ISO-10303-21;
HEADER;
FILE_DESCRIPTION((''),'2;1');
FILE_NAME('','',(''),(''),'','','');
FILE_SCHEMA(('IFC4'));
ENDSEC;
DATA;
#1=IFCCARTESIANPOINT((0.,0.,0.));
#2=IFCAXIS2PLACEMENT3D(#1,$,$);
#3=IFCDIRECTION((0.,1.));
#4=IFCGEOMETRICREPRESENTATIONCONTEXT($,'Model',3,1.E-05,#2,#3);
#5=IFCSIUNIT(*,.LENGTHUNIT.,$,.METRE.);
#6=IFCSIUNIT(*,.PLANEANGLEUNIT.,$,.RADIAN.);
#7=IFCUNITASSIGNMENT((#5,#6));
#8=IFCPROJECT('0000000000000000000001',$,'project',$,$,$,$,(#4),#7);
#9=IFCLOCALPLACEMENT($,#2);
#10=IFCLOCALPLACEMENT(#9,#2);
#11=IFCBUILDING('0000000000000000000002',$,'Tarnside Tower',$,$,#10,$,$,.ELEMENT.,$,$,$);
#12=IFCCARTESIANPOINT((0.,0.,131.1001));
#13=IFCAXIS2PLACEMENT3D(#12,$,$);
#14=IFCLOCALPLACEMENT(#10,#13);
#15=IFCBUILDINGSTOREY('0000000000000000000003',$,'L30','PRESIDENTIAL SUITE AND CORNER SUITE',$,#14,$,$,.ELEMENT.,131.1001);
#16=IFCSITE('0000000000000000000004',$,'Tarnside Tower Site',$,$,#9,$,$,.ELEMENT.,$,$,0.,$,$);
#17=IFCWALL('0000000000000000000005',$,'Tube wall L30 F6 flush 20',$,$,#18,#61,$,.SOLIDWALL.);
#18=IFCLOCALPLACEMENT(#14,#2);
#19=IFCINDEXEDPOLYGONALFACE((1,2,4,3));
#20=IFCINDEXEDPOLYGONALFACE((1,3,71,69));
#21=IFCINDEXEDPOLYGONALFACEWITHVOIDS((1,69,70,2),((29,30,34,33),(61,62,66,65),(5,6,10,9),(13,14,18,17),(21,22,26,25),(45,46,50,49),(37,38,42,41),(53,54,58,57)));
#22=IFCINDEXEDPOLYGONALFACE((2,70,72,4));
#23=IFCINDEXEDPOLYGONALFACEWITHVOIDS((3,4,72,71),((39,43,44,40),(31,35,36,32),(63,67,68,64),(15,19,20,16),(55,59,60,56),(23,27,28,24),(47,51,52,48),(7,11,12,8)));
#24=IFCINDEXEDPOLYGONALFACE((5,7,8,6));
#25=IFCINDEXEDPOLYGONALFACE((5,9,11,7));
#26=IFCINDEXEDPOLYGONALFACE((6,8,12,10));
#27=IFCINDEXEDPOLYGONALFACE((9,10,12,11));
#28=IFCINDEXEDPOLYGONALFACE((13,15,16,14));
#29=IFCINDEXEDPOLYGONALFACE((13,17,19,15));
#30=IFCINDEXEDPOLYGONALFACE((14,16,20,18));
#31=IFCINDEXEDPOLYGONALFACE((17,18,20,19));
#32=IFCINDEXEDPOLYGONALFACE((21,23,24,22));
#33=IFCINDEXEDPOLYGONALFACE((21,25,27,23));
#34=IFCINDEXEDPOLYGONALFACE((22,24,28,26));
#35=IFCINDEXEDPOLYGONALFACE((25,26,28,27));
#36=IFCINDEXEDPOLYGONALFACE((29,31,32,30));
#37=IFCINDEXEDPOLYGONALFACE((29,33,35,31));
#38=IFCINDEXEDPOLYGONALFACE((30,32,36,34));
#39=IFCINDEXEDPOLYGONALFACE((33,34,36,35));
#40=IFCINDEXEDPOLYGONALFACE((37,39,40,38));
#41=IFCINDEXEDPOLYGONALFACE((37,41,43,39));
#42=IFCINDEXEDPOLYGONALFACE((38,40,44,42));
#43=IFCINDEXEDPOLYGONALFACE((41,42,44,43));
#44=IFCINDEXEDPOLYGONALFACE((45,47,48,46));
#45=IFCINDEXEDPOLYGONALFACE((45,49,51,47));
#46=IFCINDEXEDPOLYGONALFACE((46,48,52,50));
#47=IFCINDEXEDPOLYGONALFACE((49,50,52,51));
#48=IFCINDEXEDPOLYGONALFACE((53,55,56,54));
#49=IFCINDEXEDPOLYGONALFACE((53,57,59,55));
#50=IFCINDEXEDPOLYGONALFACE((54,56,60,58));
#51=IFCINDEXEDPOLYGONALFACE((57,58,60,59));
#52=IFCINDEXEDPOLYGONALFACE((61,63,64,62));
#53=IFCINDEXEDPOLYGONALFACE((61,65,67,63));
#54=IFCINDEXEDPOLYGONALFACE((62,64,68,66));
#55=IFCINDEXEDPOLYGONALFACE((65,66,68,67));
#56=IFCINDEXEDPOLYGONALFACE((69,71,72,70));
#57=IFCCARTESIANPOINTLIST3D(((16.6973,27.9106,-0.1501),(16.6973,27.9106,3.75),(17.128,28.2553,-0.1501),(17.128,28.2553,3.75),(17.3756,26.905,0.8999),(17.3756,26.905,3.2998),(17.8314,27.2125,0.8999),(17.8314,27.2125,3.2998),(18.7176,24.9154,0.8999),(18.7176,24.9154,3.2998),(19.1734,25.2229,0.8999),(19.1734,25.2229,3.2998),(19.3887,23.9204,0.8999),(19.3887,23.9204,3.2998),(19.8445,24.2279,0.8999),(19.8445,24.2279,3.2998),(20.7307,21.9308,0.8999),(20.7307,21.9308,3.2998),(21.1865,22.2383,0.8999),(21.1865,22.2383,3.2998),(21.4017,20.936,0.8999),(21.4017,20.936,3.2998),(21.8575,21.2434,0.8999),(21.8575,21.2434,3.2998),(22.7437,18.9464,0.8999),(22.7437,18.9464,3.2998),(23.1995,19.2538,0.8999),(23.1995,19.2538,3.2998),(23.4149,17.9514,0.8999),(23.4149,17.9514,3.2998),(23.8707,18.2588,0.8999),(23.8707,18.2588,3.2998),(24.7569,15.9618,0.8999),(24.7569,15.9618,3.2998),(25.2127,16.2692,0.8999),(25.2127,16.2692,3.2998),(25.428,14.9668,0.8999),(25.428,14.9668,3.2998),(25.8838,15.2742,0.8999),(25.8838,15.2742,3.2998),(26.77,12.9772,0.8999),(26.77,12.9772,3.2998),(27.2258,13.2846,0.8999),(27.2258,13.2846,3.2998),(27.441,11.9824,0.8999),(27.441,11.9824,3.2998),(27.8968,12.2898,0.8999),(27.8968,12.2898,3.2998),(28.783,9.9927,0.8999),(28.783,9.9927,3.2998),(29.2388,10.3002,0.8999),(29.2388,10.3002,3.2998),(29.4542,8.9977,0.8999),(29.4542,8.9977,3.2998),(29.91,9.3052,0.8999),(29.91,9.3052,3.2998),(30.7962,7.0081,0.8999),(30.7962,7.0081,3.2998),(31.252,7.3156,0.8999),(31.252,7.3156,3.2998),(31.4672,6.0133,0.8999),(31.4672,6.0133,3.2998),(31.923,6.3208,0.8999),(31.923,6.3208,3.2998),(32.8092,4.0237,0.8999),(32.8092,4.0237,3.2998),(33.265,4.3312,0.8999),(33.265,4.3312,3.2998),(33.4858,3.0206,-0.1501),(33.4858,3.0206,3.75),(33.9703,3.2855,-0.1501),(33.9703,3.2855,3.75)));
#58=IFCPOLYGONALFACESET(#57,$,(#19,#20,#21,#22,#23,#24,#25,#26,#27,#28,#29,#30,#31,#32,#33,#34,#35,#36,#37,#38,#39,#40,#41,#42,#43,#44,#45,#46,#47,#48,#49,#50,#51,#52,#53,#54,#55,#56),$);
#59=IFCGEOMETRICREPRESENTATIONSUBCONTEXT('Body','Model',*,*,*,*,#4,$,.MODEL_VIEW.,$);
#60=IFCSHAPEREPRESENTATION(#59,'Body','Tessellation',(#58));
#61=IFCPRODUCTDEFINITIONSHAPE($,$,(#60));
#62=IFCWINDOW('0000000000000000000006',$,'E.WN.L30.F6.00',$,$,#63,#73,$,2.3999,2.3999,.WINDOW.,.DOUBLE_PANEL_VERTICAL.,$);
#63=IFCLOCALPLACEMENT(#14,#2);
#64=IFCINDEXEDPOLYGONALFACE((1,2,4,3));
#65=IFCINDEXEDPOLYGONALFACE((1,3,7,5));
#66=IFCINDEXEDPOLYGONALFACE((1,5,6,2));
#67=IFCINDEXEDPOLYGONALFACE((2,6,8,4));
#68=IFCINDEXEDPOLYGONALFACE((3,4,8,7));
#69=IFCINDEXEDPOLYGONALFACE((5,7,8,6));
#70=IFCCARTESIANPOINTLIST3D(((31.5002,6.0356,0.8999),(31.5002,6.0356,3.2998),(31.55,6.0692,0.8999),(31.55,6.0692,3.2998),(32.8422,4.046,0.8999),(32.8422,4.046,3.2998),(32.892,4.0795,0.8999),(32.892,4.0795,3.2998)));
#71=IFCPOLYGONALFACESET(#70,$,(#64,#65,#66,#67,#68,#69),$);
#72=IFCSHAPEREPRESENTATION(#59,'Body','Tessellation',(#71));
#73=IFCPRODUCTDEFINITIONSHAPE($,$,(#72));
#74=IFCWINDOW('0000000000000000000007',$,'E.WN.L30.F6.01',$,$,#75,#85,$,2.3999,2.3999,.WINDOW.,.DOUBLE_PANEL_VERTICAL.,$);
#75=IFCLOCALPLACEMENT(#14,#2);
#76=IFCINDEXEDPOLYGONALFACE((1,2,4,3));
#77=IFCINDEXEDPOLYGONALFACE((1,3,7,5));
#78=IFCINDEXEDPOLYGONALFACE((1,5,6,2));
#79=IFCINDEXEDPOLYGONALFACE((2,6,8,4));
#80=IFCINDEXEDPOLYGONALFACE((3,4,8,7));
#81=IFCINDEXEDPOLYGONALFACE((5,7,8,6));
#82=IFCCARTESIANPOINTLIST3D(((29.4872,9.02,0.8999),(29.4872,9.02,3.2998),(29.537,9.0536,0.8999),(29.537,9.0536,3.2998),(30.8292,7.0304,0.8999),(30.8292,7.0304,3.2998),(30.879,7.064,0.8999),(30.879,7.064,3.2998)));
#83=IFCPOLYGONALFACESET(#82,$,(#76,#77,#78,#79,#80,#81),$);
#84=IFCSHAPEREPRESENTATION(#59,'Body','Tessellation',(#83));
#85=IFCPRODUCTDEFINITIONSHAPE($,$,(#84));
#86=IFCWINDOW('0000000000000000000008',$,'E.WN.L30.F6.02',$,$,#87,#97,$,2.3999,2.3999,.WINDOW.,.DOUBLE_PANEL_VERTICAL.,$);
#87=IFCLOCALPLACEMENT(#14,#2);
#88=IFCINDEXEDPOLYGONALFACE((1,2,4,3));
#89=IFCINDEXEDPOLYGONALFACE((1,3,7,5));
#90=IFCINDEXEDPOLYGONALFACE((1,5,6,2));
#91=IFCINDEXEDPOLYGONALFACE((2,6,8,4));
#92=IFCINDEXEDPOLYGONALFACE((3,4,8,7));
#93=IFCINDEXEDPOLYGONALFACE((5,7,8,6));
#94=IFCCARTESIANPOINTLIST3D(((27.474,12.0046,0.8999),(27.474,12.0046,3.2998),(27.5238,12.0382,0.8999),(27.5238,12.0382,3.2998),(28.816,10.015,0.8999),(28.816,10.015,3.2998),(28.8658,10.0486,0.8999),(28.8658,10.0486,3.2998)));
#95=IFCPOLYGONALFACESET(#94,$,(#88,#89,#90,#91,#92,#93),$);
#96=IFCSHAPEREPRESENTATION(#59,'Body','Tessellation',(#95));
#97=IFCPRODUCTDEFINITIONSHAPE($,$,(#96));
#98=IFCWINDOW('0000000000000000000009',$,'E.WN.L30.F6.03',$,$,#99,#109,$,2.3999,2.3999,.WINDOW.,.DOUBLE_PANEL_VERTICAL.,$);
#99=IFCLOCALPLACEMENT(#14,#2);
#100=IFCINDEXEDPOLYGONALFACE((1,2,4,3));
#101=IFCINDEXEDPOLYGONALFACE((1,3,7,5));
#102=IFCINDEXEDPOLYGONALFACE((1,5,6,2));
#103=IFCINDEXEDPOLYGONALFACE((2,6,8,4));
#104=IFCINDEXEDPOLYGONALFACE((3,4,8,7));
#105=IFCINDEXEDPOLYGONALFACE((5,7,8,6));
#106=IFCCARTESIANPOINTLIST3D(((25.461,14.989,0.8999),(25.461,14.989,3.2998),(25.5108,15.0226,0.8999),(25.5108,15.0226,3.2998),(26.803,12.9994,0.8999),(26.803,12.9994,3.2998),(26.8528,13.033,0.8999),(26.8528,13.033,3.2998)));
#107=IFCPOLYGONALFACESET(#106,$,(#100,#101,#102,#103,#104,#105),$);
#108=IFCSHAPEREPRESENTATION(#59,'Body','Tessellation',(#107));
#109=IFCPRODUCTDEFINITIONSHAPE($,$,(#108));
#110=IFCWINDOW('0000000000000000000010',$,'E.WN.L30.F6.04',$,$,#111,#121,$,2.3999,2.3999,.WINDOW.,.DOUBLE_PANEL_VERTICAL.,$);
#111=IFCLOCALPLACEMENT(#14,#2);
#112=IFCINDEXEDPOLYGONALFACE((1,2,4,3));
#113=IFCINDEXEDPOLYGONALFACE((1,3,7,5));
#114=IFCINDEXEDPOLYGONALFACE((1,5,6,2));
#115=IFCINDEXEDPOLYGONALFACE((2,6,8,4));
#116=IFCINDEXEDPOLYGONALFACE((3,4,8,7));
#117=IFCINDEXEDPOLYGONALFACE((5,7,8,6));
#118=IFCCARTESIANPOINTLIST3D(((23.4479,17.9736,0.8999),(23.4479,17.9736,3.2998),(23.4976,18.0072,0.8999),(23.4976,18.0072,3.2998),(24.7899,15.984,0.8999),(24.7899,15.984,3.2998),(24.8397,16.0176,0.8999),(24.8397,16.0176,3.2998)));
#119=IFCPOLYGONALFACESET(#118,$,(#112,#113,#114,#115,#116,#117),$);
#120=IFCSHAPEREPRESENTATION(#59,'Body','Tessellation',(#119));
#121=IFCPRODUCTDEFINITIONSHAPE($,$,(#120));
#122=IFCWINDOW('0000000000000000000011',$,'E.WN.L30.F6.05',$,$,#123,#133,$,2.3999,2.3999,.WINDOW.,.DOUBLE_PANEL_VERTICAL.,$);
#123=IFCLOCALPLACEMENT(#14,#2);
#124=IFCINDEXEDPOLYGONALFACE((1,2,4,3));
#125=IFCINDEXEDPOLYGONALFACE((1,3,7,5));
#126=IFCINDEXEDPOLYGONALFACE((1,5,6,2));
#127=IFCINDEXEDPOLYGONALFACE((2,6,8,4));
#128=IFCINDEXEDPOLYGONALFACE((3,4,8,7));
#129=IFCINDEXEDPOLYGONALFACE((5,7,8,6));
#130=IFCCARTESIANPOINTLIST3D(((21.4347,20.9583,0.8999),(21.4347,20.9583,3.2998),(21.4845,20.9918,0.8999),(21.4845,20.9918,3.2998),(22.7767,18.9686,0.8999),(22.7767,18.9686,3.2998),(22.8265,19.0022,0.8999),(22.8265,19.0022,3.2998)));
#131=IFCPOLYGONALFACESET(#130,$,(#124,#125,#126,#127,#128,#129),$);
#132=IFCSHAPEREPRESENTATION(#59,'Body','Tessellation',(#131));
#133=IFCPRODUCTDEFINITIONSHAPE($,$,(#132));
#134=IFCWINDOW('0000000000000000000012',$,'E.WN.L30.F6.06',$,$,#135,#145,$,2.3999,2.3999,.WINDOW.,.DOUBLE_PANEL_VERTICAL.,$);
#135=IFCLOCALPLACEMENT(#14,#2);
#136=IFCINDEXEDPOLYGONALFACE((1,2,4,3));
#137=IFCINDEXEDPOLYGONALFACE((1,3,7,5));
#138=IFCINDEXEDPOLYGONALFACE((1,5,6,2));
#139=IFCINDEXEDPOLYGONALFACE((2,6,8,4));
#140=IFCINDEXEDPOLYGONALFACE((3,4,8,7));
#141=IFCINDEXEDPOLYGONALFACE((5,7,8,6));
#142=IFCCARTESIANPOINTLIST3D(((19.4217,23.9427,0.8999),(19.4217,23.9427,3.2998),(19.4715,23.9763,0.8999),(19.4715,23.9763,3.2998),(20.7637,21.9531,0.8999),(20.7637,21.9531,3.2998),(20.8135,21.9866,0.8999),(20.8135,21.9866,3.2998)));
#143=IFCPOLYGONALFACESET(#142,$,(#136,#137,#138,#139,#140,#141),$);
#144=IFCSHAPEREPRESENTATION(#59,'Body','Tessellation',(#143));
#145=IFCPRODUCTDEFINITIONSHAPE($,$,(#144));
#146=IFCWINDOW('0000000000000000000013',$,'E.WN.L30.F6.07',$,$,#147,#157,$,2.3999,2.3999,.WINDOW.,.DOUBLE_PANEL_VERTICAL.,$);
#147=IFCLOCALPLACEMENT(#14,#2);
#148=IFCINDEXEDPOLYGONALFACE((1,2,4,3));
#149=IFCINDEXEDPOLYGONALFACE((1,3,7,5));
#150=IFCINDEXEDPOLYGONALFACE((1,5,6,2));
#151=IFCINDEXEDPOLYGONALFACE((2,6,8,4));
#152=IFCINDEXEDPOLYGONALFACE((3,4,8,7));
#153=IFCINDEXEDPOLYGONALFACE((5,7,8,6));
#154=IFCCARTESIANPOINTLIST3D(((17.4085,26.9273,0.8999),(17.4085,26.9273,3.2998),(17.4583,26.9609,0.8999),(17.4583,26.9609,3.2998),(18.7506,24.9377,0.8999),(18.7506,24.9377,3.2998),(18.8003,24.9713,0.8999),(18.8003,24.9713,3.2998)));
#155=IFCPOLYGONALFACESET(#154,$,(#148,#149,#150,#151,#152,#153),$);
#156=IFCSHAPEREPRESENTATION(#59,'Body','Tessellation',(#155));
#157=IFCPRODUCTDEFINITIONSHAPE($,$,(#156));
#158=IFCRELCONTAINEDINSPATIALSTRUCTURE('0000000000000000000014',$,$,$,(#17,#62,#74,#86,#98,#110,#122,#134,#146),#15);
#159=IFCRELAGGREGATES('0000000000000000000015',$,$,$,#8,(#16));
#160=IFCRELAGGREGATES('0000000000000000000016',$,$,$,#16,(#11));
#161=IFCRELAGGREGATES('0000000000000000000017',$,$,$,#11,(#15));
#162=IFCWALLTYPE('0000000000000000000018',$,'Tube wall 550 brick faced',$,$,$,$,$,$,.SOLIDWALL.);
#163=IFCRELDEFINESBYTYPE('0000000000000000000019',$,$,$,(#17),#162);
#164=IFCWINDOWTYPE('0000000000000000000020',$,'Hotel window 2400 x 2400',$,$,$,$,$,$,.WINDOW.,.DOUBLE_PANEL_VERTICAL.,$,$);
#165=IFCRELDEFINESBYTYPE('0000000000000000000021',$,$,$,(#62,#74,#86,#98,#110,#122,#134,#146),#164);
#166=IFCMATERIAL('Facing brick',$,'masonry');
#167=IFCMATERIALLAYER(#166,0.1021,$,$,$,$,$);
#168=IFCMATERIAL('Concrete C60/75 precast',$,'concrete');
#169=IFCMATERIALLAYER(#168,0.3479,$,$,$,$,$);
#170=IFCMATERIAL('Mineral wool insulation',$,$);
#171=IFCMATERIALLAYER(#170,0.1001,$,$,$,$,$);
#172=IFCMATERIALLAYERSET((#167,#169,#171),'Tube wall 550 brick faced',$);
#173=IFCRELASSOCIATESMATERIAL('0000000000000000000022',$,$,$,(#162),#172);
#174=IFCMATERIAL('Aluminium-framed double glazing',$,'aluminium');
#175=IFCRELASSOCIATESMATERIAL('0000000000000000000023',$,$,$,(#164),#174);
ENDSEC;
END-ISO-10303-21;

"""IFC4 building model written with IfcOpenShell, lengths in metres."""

from ifc_helpers import new_model, si_unit, direction, frame, frame_2d, origin, place, context, subcontext, project, spatial, polyline, rectangle, outline, extrude, material, layer, layer_set, type_object, element, fill, save


model = new_model("IFC4")

# Units and contexts
model_context = context("Model", 3, precision=1e-05, world=origin(), true_north=direction((0.0, 1.0)))
body_context = subcontext(model_context, "Body", "Model", "MODEL_VIEW")
ifc_project = project(units=[si_unit("LENGTHUNIT", "METRE"), si_unit("PLANEANGLEUNIT", "RADIAN")], contexts=[model_context])

# Site, building, storey
site_placement = place(None, origin())
site = spatial("IfcSite", under=ifc_project, at=site_placement, Name="Tarnside Tower Site", CompositionType="ELEMENT", RefElevation=0.0)
building_placement = place(site_placement, origin())
building = spatial("IfcBuilding", under=site, at=building_placement, Name="Tarnside Tower", CompositionType="ELEMENT")
storey_placement = place(building_placement, frame((0.0, 0.0, 131.1001)))
storey = spatial("IfcBuildingStorey", under=building, at=storey_placement, Name="L30", Description="PRESIDENTIAL SUITE AND CORNER SUITE", CompositionType="ELEMENT", Elevation=131.1001)

# Shared definitions
ifc_material_1 = material(Name="Facing brick", Category="masonry")
ifc_layer_1 = layer(ifc_material_1, 0.1021)
ifc_material_2 = material(Name="Concrete C60/75 precast", Category="concrete")
ifc_layer_2 = layer(ifc_material_2, 0.3479)
ifc_material_3 = material(Name="Mineral wool insulation")
ifc_layer_3 = layer(ifc_material_3, 0.1001)
ifc_layer_set_1 = layer_set([ifc_layer_1, ifc_layer_2, ifc_layer_3], Name="Tube wall 550 brick faced")
wall_type_1 = type_object("IfcWallType", Name="Tube wall 550 brick faced", PredefinedType="SOLIDWALL", material=ifc_layer_set_1)

# Wall, openings, windows
wall_1_placement = place(storey_placement, frame((33.728, 3.1531, -0.1501), z_axis=(0.0, 0.0, 1.0), x_axis=(-0.559192, 0.829038, 0.0)))
wall_1 = element("IfcWall", 1, at=wall_1_placement, inside=storey, type_object=wall_type_1, Name="Tube wall L30 F6 flush 20", PredefinedType="SOLIDWALL", context=body_context, shape_type="SweptSolid", body=[
    extrude(outline(polyline([(-0.0256, -0.2749), (30.0933, -0.2749), (30.0483, 0.2749), (0.0256, 0.2749), (-0.0256, -0.2749)])), origin(), (0.0, 0.0, 1.0), 3.9001),
])
opening_1_placement = place(wall_1_placement, frame((1.2356, 0.0, 1.05)))
opening_1 = element("IfcOpeningElement", 2, at=opening_1_placement, cuts=wall_1, PredefinedType="OPENING", context=body_context, shape_type="SweptSolid", body=[
    extrude(rectangle(XDim=2.3999, YDim=2.3999, at=frame_2d((1.2, 1.2))), frame((0.0, 0.2852, 0.0), z_axis=(0.0, -1.0, 0.0), x_axis=(1.0, 0.0, 0.0)), (0.0, 0.0, 1.0), 0.5701),
])
opening_2_placement = place(wall_1_placement, frame((4.8354, 0.0, 1.05)))
opening_2 = element("IfcOpeningElement", 3, at=opening_2_placement, cuts=wall_1, PredefinedType="OPENING", context=body_context, shape_type="SweptSolid", body=[
    extrude(rectangle(XDim=2.3999, YDim=2.3999, at=frame_2d((1.2, 1.2))), frame((0.0, 0.2852, 0.0), z_axis=(0.0, -1.0, 0.0), x_axis=(1.0, 0.0, 0.0)), (0.0, 0.0, 1.0), 0.5701),
])
opening_3_placement = place(wall_1_placement, frame((8.4355, 0.0, 1.05)))
opening_3 = element("IfcOpeningElement", 4, at=opening_3_placement, cuts=wall_1, PredefinedType="OPENING", context=body_context, shape_type="SweptSolid", body=[
    extrude(rectangle(XDim=2.3999, YDim=2.3999, at=frame_2d((1.2, 1.2))), frame((0.0, 0.2852, 0.0), z_axis=(0.0, -1.0, 0.0), x_axis=(1.0, 0.0, 0.0)), (0.0, 0.0, 1.0), 0.5701),
])
opening_4_placement = place(wall_1_placement, frame((12.0354, 0.0, 1.05)))
opening_4 = element("IfcOpeningElement", 5, at=opening_4_placement, cuts=wall_1, PredefinedType="OPENING", context=body_context, shape_type="SweptSolid", body=[
    extrude(rectangle(XDim=2.3999, YDim=2.3999, at=frame_2d((1.2, 1.2))), frame((0.0, 0.2852, 0.0), z_axis=(0.0, -1.0, 0.0), x_axis=(1.0, 0.0, 0.0)), (0.0, 0.0, 1.0), 0.5701),
])
opening_5_placement = place(wall_1_placement, frame((15.6355, 0.0, 1.05)))
opening_5 = element("IfcOpeningElement", 6, at=opening_5_placement, cuts=wall_1, PredefinedType="OPENING", context=body_context, shape_type="SweptSolid", body=[
    extrude(rectangle(XDim=2.3999, YDim=2.3999, at=frame_2d((1.2, 1.2))), frame((0.0, 0.2852, 0.0), z_axis=(0.0, -1.0, 0.0), x_axis=(1.0, 0.0, 0.0)), (0.0, 0.0, 1.0), 0.5701),
])
opening_6_placement = place(wall_1_placement, frame((19.2356, 0.0, 1.05)))
opening_6 = element("IfcOpeningElement", 7, at=opening_6_placement, cuts=wall_1, PredefinedType="OPENING", context=body_context, shape_type="SweptSolid", body=[
    extrude(rectangle(XDim=2.3999, YDim=2.3999, at=frame_2d((1.2, 1.2))), frame((0.0, 0.2852, 0.0), z_axis=(0.0, -1.0, 0.0), x_axis=(1.0, 0.0, 0.0)), (0.0, 0.0, 1.0), 0.5701),
])
opening_7_placement = place(wall_1_placement, frame((22.8354, 0.0, 1.05)))
opening_7 = element("IfcOpeningElement", 8, at=opening_7_placement, cuts=wall_1, PredefinedType="OPENING", context=body_context, shape_type="SweptSolid", body=[
    extrude(rectangle(XDim=2.3999, YDim=2.3999, at=frame_2d((1.2, 1.2))), frame((0.0, 0.2852, 0.0), z_axis=(0.0, -1.0, 0.0), x_axis=(1.0, 0.0, 0.0)), (0.0, 0.0, 1.0), 0.5701),
])
opening_8_placement = place(wall_1_placement, frame((26.4355, 0.0, 1.05)))
opening_8 = element("IfcOpeningElement", 9, at=opening_8_placement, cuts=wall_1, PredefinedType="OPENING", context=body_context, shape_type="SweptSolid", body=[
    extrude(rectangle(XDim=2.3999, YDim=2.3999, at=frame_2d((1.2, 1.2))), frame((0.0, 0.2852, 0.0), z_axis=(0.0, -1.0, 0.0), x_axis=(1.0, 0.0, 0.0)), (0.0, 0.0, 1.0), 0.5701),
])
ifc_material_4 = material(Name="Aluminium-framed double glazing", Category="aluminium")
window_type = type_object("IfcWindowType", Name="Hotel window 2400 x 2400", PartitioningType="DOUBLE_PANEL_VERTICAL", PredefinedType="WINDOW", material=ifc_material_4)
window_1_placement = place(opening_1_placement, frame((0.0, 0.2051, 0.0)))
window_1 = element("IfcWindow", 10, at=window_1_placement, inside=storey, type_object=window_type, Name="E.WN.L30.F6.00", OverallHeight=2.3999, OverallWidth=2.3999, PartitioningType="DOUBLE_PANEL_VERTICAL", PredefinedType="WINDOW", context=body_context, shape_type="SweptSolid", body=[
    extrude(rectangle(XDim=2.3999, YDim=2.3999, at=frame_2d((1.2, 1.2))), frame((0.0, 0.03, 0.0), z_axis=(0.0, -1.0, 0.0), x_axis=(1.0, 0.0, 0.0)), (0.0, 0.0, 1.0), 0.0601),
])
fill(opening_1, window_1)
window_2_placement = place(opening_2_placement, frame((0.0, 0.2051, 0.0)))
window_2 = element("IfcWindow", 11, at=window_2_placement, inside=storey, type_object=window_type, Name="E.WN.L30.F6.01", OverallHeight=2.3999, OverallWidth=2.3999, PartitioningType="DOUBLE_PANEL_VERTICAL", PredefinedType="WINDOW", context=body_context, shape_type="SweptSolid", body=[
    extrude(rectangle(XDim=2.3999, YDim=2.3999, at=frame_2d((1.2, 1.2))), frame((0.0, 0.03, 0.0), z_axis=(0.0, -1.0, 0.0), x_axis=(1.0, 0.0, 0.0)), (0.0, 0.0, 1.0), 0.0601),
])
fill(opening_2, window_2)
window_3_placement = place(opening_3_placement, frame((0.0, 0.2051, 0.0)))
window_3 = element("IfcWindow", 12, at=window_3_placement, inside=storey, type_object=window_type, Name="E.WN.L30.F6.02", OverallHeight=2.3999, OverallWidth=2.3999, PartitioningType="DOUBLE_PANEL_VERTICAL", PredefinedType="WINDOW", context=body_context, shape_type="SweptSolid", body=[
    extrude(rectangle(XDim=2.3999, YDim=2.3999, at=frame_2d((1.2, 1.2))), frame((0.0, 0.03, 0.0), z_axis=(0.0, -1.0, 0.0), x_axis=(1.0, 0.0, 0.0)), (0.0, 0.0, 1.0), 0.0601),
])
fill(opening_3, window_3)
window_4_placement = place(opening_4_placement, frame((0.0, 0.2051, 0.0)))
window_4 = element("IfcWindow", 13, at=window_4_placement, inside=storey, type_object=window_type, Name="E.WN.L30.F6.03", OverallHeight=2.3999, OverallWidth=2.3999, PartitioningType="DOUBLE_PANEL_VERTICAL", PredefinedType="WINDOW", context=body_context, shape_type="SweptSolid", body=[
    extrude(rectangle(XDim=2.3999, YDim=2.3999, at=frame_2d((1.2, 1.2))), frame((0.0, 0.03, 0.0), z_axis=(0.0, -1.0, 0.0), x_axis=(1.0, 0.0, 0.0)), (0.0, 0.0, 1.0), 0.0601),
])
fill(opening_4, window_4)
window_5_placement = place(opening_5_placement, frame((0.0, 0.2051, 0.0)))
window_5 = element("IfcWindow", 14, at=window_5_placement, inside=storey, type_object=window_type, Name="E.WN.L30.F6.04", OverallHeight=2.3999, OverallWidth=2.3999, PartitioningType="DOUBLE_PANEL_VERTICAL", PredefinedType="WINDOW", context=body_context, shape_type="SweptSolid", body=[
    extrude(rectangle(XDim=2.3999, YDim=2.3999, at=frame_2d((1.2, 1.2))), frame((0.0, 0.03, 0.0), z_axis=(0.0, -1.0, 0.0), x_axis=(1.0, 0.0, 0.0)), (0.0, 0.0, 1.0), 0.0601),
])
fill(opening_5, window_5)
window_6_placement = place(opening_6_placement, frame((0.0, 0.2051, 0.0)))
window_6 = element("IfcWindow", 15, at=window_6_placement, inside=storey, type_object=window_type, Name="E.WN.L30.F6.05", OverallHeight=2.3999, OverallWidth=2.3999, PartitioningType="DOUBLE_PANEL_VERTICAL", PredefinedType="WINDOW", context=body_context, shape_type="SweptSolid", body=[
    extrude(rectangle(XDim=2.3999, YDim=2.3999, at=frame_2d((1.2, 1.2))), frame((0.0, 0.03, 0.0), z_axis=(0.0, -1.0, 0.0), x_axis=(1.0, 0.0, 0.0)), (0.0, 0.0, 1.0), 0.0601),
])
fill(opening_6, window_6)
window_7_placement = place(opening_7_placement, frame((0.0, 0.2051, 0.0)))
window_7 = element("IfcWindow", 16, at=window_7_placement, inside=storey, type_object=window_type, Name="E.WN.L30.F6.06", OverallHeight=2.3999, OverallWidth=2.3999, PartitioningType="DOUBLE_PANEL_VERTICAL", PredefinedType="WINDOW", context=body_context, shape_type="SweptSolid", body=[
    extrude(rectangle(XDim=2.3999, YDim=2.3999, at=frame_2d((1.2, 1.2))), frame((0.0, 0.03, 0.0), z_axis=(0.0, -1.0, 0.0), x_axis=(1.0, 0.0, 0.0)), (0.0, 0.0, 1.0), 0.0601),
])
fill(opening_7, window_7)
window_8_placement = place(opening_8_placement, frame((0.0, 0.2051, 0.0)))
window_8 = element("IfcWindow", 17, at=window_8_placement, inside=storey, type_object=window_type, Name="E.WN.L30.F6.07", OverallHeight=2.3999, OverallWidth=2.3999, PartitioningType="DOUBLE_PANEL_VERTICAL", PredefinedType="WINDOW", context=body_context, shape_type="SweptSolid", body=[
    extrude(rectangle(XDim=2.3999, YDim=2.3999, at=frame_2d((1.2, 1.2))), frame((0.0, 0.03, 0.0), z_axis=(0.0, -1.0, 0.0), x_axis=(1.0, 0.0, 0.0)), (0.0, 0.0, 1.0), 0.0601),
])
fill(opening_8, window_8)

save(model, "model.ifc")
